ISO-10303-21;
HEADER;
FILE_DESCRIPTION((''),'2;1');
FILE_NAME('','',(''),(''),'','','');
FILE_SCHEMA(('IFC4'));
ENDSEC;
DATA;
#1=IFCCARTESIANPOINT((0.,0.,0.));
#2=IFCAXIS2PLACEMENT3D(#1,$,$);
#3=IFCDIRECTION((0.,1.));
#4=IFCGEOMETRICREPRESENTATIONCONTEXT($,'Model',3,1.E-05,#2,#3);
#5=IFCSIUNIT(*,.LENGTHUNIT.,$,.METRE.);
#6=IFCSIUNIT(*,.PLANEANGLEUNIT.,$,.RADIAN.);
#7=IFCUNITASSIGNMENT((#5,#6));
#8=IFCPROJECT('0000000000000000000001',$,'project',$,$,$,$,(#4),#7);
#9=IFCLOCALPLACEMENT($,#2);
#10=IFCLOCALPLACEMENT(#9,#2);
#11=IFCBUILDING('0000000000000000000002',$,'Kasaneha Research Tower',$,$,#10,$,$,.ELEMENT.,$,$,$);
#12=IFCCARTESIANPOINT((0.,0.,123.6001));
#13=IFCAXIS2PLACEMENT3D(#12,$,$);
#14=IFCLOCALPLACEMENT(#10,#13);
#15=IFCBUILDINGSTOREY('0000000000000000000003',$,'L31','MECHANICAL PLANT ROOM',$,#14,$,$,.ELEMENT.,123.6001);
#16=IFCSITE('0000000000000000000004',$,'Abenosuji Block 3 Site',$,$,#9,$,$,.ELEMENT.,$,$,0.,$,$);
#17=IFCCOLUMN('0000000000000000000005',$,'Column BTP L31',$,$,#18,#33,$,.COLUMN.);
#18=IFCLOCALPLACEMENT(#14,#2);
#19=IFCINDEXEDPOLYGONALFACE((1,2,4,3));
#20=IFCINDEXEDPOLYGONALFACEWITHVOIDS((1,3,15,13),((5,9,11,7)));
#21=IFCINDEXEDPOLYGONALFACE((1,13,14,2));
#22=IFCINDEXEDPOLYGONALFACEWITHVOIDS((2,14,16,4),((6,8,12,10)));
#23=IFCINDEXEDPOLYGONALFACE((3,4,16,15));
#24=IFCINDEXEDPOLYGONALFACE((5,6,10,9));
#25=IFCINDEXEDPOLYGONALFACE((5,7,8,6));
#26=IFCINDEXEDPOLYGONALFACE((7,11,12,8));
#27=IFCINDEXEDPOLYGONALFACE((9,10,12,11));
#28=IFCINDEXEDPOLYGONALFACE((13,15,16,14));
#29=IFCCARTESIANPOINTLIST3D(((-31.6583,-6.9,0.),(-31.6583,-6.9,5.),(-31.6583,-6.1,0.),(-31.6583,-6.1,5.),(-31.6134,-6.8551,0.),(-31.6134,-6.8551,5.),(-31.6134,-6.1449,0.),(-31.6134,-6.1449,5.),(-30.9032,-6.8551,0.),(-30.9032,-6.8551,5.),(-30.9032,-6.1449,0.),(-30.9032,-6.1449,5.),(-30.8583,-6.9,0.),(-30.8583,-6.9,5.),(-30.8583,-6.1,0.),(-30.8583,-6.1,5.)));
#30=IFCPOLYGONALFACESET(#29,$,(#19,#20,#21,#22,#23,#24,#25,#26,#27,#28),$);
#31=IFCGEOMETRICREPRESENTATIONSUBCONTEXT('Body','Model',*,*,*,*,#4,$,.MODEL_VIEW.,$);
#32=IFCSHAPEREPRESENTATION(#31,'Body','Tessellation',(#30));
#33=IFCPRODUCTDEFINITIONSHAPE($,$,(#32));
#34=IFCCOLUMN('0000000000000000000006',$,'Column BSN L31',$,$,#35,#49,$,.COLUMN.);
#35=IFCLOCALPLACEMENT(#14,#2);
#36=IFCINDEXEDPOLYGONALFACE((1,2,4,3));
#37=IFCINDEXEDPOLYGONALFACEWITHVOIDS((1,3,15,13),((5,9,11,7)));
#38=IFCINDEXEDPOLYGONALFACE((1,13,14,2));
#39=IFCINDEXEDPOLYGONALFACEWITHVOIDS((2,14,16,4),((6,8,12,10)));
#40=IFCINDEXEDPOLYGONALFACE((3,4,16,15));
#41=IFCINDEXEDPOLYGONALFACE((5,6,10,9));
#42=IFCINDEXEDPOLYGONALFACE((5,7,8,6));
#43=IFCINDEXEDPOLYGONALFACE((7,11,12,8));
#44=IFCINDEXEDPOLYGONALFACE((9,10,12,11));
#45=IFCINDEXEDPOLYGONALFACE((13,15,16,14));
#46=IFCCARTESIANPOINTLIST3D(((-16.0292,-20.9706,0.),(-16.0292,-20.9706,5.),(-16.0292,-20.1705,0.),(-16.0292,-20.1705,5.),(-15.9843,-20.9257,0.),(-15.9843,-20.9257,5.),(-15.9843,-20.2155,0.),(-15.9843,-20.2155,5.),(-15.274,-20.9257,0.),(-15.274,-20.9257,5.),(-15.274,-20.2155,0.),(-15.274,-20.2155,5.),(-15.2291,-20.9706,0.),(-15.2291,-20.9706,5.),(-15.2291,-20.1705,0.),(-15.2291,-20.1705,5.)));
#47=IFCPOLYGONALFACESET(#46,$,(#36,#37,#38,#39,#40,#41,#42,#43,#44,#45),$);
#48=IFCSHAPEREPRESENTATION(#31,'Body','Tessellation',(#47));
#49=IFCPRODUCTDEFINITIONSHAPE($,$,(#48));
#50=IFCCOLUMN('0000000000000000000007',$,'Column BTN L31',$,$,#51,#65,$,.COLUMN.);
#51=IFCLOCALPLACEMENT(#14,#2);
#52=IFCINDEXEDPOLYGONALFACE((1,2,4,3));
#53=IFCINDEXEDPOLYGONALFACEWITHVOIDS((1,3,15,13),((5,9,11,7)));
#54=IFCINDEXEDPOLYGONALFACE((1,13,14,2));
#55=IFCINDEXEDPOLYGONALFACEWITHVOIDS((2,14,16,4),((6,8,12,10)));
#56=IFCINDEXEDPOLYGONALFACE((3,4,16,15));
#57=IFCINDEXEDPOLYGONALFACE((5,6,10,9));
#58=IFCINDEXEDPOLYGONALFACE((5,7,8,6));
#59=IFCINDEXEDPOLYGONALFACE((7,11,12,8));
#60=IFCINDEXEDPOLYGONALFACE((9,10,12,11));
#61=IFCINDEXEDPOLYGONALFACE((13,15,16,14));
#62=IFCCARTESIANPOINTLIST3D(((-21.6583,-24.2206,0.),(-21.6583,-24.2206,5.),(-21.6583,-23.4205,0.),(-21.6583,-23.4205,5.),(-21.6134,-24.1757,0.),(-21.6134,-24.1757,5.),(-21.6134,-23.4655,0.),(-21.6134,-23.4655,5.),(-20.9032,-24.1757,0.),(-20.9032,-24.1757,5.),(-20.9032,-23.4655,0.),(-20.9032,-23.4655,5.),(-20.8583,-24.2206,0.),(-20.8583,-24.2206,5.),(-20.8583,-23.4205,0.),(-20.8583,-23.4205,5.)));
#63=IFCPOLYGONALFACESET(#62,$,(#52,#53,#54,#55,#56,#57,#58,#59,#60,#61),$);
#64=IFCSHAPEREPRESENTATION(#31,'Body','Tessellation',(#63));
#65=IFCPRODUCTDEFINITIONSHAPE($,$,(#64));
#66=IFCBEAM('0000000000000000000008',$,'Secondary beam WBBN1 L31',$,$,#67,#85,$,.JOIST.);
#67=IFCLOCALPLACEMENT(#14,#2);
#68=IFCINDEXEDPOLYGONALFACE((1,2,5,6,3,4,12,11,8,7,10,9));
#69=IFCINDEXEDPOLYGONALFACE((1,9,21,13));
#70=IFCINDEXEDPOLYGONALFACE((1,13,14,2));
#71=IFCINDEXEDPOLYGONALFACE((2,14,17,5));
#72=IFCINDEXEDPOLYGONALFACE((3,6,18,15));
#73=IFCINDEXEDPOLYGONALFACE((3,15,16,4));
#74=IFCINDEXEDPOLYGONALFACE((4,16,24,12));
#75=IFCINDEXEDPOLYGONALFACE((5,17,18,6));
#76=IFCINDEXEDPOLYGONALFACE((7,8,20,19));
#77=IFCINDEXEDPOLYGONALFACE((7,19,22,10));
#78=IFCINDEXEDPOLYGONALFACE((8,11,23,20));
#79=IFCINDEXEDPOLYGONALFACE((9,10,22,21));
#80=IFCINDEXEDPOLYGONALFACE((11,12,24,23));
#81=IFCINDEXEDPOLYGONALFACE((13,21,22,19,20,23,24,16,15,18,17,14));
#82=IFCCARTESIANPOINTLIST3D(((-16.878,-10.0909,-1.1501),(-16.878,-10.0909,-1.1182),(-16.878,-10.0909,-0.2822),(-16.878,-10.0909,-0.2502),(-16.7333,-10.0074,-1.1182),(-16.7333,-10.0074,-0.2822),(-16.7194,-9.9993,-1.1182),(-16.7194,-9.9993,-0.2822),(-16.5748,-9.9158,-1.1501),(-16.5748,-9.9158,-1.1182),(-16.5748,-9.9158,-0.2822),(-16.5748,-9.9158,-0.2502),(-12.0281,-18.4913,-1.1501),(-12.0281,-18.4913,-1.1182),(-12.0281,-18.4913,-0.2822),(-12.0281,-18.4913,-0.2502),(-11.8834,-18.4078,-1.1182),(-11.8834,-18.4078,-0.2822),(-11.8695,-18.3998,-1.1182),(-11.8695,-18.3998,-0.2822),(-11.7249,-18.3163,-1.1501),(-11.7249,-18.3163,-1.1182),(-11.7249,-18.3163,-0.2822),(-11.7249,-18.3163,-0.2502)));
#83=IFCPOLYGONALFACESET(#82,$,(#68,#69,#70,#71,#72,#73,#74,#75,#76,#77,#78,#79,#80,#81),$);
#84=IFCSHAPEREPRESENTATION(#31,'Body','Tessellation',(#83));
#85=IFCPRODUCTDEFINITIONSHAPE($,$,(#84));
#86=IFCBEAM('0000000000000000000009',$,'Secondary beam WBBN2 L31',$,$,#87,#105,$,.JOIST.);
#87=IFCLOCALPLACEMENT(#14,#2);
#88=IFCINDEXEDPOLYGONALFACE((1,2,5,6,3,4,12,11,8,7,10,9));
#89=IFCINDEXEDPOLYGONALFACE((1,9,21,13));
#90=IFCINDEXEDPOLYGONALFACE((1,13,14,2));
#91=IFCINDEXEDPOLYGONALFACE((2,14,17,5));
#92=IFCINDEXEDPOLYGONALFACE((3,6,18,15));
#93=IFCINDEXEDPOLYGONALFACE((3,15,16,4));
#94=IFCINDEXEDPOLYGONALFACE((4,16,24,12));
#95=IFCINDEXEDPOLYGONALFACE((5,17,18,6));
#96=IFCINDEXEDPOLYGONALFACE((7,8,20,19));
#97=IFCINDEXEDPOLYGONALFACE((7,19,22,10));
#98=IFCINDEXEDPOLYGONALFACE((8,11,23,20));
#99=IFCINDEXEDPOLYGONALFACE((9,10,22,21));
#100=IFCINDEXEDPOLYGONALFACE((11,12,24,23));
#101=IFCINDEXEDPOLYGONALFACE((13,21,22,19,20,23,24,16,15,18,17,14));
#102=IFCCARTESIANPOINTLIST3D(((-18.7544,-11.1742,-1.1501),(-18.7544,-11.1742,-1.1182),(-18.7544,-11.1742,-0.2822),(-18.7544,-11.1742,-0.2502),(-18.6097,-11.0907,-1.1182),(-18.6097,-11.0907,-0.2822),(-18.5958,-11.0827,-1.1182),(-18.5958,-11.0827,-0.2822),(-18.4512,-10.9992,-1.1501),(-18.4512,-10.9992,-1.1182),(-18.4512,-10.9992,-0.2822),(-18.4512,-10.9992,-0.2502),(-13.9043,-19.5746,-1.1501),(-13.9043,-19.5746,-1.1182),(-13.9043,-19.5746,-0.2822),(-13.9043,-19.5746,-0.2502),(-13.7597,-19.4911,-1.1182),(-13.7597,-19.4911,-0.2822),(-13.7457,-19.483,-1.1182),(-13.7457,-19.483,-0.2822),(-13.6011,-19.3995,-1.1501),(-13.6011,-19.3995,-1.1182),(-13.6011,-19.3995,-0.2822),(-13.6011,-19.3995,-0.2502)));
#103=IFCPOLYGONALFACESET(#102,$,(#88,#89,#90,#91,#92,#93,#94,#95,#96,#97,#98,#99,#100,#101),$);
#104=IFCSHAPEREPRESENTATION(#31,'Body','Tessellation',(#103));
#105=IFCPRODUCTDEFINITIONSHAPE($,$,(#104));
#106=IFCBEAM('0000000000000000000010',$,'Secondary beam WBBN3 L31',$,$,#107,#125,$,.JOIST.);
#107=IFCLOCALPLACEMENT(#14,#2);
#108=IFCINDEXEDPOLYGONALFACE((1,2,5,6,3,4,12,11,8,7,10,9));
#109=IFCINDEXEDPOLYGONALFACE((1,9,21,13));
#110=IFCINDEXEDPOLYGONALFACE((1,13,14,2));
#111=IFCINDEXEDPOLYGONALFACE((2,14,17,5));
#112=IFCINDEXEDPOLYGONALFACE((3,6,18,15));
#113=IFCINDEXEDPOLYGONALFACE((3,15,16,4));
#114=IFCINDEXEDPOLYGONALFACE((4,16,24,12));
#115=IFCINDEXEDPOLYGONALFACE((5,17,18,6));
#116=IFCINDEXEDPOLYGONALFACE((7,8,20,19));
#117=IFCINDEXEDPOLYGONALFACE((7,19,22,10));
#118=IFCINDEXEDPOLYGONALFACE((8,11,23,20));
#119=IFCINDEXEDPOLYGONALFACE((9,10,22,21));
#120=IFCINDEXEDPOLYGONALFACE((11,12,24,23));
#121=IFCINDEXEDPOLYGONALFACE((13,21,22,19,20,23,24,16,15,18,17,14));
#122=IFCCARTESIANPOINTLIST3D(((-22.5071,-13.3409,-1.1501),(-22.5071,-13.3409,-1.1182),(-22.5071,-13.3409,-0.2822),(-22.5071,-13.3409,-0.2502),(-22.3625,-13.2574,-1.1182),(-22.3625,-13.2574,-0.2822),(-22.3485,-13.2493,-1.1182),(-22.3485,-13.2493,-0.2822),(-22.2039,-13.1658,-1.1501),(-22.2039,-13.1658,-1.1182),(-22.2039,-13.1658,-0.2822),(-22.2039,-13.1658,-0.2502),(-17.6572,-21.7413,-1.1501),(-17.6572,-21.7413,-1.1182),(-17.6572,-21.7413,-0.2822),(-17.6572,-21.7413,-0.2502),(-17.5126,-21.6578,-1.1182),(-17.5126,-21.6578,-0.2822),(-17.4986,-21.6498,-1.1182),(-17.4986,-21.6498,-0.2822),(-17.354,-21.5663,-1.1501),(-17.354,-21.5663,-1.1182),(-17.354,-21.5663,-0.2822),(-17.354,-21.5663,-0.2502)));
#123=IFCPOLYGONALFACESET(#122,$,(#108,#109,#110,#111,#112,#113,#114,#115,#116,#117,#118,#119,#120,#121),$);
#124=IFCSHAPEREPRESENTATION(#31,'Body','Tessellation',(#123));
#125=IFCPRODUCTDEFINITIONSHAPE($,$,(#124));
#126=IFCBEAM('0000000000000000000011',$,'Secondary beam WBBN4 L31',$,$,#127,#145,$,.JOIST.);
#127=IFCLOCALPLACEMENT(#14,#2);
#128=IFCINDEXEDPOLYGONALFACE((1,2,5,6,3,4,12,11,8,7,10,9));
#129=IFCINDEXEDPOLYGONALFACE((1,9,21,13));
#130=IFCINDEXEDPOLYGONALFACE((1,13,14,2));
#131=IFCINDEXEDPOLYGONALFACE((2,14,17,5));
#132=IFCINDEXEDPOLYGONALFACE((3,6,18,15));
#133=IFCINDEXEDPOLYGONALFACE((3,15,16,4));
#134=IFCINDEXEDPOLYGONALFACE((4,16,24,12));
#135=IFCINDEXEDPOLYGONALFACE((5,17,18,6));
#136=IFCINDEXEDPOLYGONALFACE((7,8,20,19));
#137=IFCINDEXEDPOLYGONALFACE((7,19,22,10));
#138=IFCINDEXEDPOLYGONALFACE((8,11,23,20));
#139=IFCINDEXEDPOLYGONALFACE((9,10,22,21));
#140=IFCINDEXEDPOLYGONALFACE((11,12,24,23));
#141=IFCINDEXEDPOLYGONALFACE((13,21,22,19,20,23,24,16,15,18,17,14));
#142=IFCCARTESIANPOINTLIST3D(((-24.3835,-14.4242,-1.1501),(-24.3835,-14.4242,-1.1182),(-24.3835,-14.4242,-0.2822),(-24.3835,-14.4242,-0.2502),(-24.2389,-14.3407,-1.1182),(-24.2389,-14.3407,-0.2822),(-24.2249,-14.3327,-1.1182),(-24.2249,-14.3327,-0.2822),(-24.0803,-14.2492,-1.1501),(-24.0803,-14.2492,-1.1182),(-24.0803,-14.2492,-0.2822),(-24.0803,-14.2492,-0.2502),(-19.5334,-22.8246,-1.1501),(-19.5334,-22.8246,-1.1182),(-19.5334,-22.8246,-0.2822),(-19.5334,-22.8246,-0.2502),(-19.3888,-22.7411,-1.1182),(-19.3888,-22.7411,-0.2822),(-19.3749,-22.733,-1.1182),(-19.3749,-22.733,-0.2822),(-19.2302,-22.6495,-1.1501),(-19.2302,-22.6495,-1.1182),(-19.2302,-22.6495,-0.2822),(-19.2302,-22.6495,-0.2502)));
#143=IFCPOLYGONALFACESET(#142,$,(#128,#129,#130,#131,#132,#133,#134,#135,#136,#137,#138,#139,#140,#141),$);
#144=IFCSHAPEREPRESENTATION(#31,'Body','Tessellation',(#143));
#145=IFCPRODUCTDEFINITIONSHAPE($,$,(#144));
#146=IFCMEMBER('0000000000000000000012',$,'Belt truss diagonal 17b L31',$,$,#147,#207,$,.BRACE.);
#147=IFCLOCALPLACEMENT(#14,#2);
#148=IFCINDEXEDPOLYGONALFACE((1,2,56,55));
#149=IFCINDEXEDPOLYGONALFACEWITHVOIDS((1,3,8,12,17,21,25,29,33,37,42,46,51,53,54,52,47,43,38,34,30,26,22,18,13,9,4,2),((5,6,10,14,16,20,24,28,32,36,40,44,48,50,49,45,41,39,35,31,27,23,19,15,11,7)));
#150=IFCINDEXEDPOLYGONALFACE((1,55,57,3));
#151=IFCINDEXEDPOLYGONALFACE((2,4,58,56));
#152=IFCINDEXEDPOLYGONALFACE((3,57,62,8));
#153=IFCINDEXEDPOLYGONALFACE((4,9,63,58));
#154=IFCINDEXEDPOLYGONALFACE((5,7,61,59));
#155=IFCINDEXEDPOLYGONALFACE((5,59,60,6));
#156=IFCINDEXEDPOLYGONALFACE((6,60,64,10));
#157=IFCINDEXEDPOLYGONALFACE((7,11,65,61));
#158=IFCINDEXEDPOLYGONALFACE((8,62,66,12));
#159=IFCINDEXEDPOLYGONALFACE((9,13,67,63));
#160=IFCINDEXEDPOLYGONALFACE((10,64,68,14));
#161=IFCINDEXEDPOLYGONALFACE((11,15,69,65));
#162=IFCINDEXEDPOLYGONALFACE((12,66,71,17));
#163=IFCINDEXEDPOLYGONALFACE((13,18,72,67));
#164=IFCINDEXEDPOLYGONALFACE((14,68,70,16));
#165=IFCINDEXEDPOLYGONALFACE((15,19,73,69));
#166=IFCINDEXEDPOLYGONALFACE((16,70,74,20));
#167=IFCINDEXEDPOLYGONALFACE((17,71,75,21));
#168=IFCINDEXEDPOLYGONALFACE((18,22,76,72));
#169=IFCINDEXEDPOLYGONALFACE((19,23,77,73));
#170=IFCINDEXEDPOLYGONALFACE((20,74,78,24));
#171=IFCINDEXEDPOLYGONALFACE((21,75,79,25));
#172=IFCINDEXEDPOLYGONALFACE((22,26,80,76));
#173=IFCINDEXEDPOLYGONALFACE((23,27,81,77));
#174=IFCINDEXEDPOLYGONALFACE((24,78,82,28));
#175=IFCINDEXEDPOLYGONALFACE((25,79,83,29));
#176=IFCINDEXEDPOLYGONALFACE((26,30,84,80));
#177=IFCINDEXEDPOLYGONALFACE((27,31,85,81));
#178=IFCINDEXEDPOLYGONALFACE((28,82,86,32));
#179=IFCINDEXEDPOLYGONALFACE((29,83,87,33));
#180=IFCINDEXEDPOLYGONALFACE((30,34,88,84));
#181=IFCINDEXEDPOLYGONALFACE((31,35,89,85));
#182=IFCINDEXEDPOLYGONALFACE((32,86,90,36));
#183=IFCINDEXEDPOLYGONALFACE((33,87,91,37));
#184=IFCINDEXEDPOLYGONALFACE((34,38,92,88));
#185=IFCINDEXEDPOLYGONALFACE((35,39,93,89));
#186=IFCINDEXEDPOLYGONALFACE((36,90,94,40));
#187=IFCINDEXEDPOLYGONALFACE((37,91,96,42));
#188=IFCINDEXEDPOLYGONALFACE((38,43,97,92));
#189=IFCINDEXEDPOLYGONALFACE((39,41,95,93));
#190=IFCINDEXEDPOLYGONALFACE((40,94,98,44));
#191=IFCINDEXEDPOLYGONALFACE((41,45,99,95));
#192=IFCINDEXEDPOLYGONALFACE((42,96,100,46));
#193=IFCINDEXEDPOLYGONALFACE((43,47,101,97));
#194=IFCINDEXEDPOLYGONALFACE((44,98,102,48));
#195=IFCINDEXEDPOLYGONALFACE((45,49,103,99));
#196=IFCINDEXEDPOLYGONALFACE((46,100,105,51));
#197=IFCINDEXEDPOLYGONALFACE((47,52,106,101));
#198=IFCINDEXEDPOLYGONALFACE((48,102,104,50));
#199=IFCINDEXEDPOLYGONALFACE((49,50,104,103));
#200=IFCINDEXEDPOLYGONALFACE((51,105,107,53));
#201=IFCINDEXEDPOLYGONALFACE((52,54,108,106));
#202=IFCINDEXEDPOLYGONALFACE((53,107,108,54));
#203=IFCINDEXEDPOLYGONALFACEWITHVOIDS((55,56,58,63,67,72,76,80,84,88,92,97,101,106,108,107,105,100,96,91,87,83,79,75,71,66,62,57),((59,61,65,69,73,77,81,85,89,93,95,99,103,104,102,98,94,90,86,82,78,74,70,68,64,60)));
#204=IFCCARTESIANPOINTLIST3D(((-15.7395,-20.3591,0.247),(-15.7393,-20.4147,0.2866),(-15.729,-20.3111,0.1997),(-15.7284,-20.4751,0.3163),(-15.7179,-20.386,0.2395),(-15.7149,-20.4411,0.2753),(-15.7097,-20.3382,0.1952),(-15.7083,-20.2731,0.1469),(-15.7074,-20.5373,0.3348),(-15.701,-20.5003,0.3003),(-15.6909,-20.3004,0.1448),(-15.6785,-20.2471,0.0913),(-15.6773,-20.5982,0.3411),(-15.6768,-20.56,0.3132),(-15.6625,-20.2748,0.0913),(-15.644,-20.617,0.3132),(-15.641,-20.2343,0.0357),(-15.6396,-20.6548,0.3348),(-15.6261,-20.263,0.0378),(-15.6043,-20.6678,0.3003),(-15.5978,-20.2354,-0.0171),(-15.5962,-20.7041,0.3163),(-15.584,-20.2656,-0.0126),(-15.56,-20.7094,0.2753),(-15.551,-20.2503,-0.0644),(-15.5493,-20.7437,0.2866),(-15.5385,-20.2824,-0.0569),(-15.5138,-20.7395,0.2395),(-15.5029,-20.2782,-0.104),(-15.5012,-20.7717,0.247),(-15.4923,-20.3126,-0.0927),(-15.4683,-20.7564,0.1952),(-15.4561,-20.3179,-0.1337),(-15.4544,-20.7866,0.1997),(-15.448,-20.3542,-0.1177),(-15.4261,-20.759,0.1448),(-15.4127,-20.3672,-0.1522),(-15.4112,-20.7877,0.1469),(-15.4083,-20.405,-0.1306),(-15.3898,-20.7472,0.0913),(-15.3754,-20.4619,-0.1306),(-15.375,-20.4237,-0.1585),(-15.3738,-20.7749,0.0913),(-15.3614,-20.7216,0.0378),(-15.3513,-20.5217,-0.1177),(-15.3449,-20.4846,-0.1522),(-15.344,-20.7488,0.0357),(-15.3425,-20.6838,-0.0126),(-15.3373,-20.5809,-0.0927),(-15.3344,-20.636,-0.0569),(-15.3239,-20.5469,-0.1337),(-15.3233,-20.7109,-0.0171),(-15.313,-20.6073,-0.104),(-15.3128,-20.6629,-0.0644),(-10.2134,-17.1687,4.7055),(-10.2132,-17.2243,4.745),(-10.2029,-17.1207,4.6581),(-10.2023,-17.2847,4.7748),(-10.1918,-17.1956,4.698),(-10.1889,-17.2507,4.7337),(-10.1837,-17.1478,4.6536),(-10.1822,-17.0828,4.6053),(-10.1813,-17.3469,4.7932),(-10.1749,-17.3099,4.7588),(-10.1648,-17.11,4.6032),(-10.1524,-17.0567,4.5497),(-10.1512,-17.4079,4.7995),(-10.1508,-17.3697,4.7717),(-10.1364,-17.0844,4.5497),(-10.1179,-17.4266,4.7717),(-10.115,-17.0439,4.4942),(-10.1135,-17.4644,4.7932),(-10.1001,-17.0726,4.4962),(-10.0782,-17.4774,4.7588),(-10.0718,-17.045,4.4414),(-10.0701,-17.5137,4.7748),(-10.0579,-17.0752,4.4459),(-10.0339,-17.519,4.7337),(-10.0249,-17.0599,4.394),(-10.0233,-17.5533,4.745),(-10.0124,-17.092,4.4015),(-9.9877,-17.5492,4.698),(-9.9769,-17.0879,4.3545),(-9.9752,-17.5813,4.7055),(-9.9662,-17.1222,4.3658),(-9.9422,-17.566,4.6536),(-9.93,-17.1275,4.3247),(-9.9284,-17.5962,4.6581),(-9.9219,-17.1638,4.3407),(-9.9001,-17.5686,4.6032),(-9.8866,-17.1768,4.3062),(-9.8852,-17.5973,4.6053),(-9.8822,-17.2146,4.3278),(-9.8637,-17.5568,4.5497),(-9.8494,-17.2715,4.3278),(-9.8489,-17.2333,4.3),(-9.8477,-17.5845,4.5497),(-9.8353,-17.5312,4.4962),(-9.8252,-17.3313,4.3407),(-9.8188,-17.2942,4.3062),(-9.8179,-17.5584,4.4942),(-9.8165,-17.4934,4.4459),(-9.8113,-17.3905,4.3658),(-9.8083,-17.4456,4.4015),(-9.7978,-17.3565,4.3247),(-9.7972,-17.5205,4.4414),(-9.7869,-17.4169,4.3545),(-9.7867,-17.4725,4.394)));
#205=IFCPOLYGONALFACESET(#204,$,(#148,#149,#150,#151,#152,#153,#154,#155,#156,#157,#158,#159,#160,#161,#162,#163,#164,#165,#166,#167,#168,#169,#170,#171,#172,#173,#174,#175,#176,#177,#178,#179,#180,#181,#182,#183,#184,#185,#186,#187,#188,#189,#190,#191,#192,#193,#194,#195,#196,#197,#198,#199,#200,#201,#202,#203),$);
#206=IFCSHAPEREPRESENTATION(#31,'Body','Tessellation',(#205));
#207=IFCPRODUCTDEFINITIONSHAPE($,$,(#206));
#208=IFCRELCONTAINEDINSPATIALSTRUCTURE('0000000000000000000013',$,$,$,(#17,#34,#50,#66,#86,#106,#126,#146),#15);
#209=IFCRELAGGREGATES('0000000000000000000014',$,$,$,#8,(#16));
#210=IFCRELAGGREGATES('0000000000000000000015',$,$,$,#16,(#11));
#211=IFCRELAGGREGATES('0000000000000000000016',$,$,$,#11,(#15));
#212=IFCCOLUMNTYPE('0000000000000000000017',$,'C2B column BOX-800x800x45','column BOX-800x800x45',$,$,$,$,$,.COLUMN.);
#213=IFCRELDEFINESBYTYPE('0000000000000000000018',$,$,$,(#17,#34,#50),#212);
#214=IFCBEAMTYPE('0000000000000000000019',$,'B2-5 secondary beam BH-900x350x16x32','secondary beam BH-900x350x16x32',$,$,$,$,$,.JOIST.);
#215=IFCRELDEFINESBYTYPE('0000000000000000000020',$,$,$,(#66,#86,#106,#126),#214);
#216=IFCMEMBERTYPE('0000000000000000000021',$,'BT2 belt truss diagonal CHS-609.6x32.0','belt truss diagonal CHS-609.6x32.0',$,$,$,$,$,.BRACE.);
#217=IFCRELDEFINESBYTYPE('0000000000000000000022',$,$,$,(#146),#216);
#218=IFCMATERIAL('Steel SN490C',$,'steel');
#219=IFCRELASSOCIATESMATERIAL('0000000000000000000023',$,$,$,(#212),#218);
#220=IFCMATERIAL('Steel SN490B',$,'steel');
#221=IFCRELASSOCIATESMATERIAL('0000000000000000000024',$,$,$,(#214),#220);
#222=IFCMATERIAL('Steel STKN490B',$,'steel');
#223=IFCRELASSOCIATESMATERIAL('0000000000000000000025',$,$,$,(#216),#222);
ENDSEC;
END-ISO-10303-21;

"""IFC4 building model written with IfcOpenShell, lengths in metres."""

from ifc_helpers import new_model, si_unit, direction, frame, origin, origin_2d, place, context, subcontext, project, spatial, hollow_rectangle, hollow_circle, i_section, extrude, material, material_profile, profile_set, type_object, element, save


model = new_model("IFC4")

# Units and contexts
model_context = context("Model", 3, precision=1e-05, world=origin(), true_north=direction((0.0, 1.0)))
body_context = subcontext(model_context, "Body", "Model", "MODEL_VIEW")
ifc_project = project(units=[si_unit("LENGTHUNIT", "METRE"), si_unit("PLANEANGLEUNIT", "RADIAN")], contexts=[model_context])

# Site, building, storey
site_placement = place(None, origin())
site = spatial("IfcSite", under=ifc_project, at=site_placement, Name="Abenosuji Block 3 Site", CompositionType="ELEMENT", RefElevation=0.0)
building_placement = place(site_placement, origin())
building = spatial("IfcBuilding", under=site, at=building_placement, Name="Kasaneha Research Tower", CompositionType="ELEMENT")
storey_placement = place(building_placement, frame((0.0, 0.0, 123.6001)))
storey = spatial("IfcBuildingStorey", under=building, at=storey_placement, Name="L31", Description="MECHANICAL PLANT ROOM", CompositionType="ELEMENT", Elevation=123.6001)

# Columns
ifc_material_1 = material(Name="Steel SN490C", Category="steel")
ifc_material_profile_1 = material_profile(ifc_material_1, hollow_rectangle(XDim=0.8, YDim=0.8, WallThickness=0.0449, at=origin_2d()), Name="BOX-800x800x45")
ifc_profile_set_1 = profile_set([ifc_material_profile_1], Name="Steel SN490C")
column_type = type_object("IfcColumnType", Name="C2B column BOX-800x800x45", Description="column BOX-800x800x45", PredefinedType="COLUMN", material=ifc_profile_set_1)
for number, where, z_axis, x_axis, name in (
    (1, (-31.2583, -6.5, 0.0), (0.0, 0.0, 1.0), (1.0, 0.0, 0.0), "Column BTP L31"),
    (2, (-15.6292, -20.5706, 0.0), (0.0, 0.0, 1.0), (1.0, 0.0, 0.0), "Column BSN L31"),
    (3, (-21.2583, -23.8206, 0.0), (0.0, 0.0, 1.0), (1.0, 0.0, 0.0), "Column BTN L31"),
):
    element("IfcColumn", number, at=place(storey_placement, frame(where, z_axis=z_axis, x_axis=x_axis)), inside=storey, type_object=column_type, Name=name, PredefinedType="COLUMN", context=body_context, shape_type="SweptSolid", body=[
        extrude(hollow_rectangle(XDim=0.8, YDim=0.8, WallThickness=0.0449, at=origin_2d()), origin(), (0.0, 0.0, 1.0), 5.0),
    ])

# Beams
ifc_material_2 = material(Name="Steel SN490B", Category="steel")
ifc_material_profile_2 = material_profile(ifc_material_2, i_section(OverallWidth=0.3501, OverallDepth=0.8999, WebThickness=0.0161, FlangeThickness=0.032, at=origin_2d()), Name="BH-900x350x16x32")
ifc_profile_set_2 = profile_set([ifc_material_profile_2], Name="Steel SN490B")
beam_type_1 = type_object("IfcBeamType", Name="B2-5 secondary beam BH-900x350x16x32", Description="secondary beam BH-900x350x16x32", PredefinedType="JOIST", material=ifc_profile_set_2)
for number, where, z_axis, x_axis, name in (
    (4, (-11.8765, -18.4038, -0.7002), (-0.499991, 0.866031, 0.0), (-0.866031, -0.499991, 0.0), "Secondary beam WBBN1 L31"),
    (5, (-13.7527, -19.4871, -0.7002), (-0.50001, 0.86602, 0.0), (-0.86602, -0.50001, 0.0), "Secondary beam WBBN2 L31"),
    (6, (-17.5056, -21.6538, -0.7002), (-0.499991, 0.866031, 0.0), (-0.866031, -0.499991, 0.0), "Secondary beam WBBN3 L31"),
    (7, (-19.3818, -22.7371, -0.7002), (-0.50001, 0.86602, 0.0), (-0.86602, -0.50001, 0.0), "Secondary beam WBBN4 L31"),
):
    element("IfcBeam", number, at=place(storey_placement, frame(where, z_axis=z_axis, x_axis=x_axis)), inside=storey, type_object=beam_type_1, Name=name, PredefinedType="JOIST", context=body_context, shape_type="SweptSolid", body=[
        extrude(i_section(OverallWidth=0.3501, OverallDepth=0.8999, WebThickness=0.0161, FlangeThickness=0.032, at=origin_2d()), origin(), (0.0, 0.0, 1.0), 9.7),
    ])

# Member
ifc_material_3 = material(Name="Steel STKN490B", Category="steel")
ifc_material_profile_3 = material_profile(ifc_material_3, hollow_circle(Radius=0.3047, WallThickness=0.032, at=origin_2d()), Name="CHS-609.6x32.0")
ifc_profile_set_3 = profile_set([ifc_material_profile_3], Name="Steel STKN490B")
member_type = type_object("IfcMemberType", Name="BT2 belt truss diagonal CHS-609.6x32.0", Description="belt truss diagonal CHS-609.6x32.0", PredefinedType="BRACE", material=ifc_profile_set_3)
member_placement = place(storey_placement, frame((-15.5261, -20.511, 0.0913), z_axis=(0.709908, 0.409855, 0.572756), x_axis=(-0.499991, 0.866031, 0.0)))
element("IfcMember", 8, at=member_placement, inside=storey, type_object=member_type, Name="Belt truss diagonal 17b L31", PredefinedType="BRACE", context=body_context, shape_type="SweptSolid", body=[
    extrude(hollow_circle(Radius=0.3047, WallThickness=0.032, at=origin_2d()), origin(), (0.0, 0.0, 1.0), 7.7842),
])

save(model, "model.ifc")
